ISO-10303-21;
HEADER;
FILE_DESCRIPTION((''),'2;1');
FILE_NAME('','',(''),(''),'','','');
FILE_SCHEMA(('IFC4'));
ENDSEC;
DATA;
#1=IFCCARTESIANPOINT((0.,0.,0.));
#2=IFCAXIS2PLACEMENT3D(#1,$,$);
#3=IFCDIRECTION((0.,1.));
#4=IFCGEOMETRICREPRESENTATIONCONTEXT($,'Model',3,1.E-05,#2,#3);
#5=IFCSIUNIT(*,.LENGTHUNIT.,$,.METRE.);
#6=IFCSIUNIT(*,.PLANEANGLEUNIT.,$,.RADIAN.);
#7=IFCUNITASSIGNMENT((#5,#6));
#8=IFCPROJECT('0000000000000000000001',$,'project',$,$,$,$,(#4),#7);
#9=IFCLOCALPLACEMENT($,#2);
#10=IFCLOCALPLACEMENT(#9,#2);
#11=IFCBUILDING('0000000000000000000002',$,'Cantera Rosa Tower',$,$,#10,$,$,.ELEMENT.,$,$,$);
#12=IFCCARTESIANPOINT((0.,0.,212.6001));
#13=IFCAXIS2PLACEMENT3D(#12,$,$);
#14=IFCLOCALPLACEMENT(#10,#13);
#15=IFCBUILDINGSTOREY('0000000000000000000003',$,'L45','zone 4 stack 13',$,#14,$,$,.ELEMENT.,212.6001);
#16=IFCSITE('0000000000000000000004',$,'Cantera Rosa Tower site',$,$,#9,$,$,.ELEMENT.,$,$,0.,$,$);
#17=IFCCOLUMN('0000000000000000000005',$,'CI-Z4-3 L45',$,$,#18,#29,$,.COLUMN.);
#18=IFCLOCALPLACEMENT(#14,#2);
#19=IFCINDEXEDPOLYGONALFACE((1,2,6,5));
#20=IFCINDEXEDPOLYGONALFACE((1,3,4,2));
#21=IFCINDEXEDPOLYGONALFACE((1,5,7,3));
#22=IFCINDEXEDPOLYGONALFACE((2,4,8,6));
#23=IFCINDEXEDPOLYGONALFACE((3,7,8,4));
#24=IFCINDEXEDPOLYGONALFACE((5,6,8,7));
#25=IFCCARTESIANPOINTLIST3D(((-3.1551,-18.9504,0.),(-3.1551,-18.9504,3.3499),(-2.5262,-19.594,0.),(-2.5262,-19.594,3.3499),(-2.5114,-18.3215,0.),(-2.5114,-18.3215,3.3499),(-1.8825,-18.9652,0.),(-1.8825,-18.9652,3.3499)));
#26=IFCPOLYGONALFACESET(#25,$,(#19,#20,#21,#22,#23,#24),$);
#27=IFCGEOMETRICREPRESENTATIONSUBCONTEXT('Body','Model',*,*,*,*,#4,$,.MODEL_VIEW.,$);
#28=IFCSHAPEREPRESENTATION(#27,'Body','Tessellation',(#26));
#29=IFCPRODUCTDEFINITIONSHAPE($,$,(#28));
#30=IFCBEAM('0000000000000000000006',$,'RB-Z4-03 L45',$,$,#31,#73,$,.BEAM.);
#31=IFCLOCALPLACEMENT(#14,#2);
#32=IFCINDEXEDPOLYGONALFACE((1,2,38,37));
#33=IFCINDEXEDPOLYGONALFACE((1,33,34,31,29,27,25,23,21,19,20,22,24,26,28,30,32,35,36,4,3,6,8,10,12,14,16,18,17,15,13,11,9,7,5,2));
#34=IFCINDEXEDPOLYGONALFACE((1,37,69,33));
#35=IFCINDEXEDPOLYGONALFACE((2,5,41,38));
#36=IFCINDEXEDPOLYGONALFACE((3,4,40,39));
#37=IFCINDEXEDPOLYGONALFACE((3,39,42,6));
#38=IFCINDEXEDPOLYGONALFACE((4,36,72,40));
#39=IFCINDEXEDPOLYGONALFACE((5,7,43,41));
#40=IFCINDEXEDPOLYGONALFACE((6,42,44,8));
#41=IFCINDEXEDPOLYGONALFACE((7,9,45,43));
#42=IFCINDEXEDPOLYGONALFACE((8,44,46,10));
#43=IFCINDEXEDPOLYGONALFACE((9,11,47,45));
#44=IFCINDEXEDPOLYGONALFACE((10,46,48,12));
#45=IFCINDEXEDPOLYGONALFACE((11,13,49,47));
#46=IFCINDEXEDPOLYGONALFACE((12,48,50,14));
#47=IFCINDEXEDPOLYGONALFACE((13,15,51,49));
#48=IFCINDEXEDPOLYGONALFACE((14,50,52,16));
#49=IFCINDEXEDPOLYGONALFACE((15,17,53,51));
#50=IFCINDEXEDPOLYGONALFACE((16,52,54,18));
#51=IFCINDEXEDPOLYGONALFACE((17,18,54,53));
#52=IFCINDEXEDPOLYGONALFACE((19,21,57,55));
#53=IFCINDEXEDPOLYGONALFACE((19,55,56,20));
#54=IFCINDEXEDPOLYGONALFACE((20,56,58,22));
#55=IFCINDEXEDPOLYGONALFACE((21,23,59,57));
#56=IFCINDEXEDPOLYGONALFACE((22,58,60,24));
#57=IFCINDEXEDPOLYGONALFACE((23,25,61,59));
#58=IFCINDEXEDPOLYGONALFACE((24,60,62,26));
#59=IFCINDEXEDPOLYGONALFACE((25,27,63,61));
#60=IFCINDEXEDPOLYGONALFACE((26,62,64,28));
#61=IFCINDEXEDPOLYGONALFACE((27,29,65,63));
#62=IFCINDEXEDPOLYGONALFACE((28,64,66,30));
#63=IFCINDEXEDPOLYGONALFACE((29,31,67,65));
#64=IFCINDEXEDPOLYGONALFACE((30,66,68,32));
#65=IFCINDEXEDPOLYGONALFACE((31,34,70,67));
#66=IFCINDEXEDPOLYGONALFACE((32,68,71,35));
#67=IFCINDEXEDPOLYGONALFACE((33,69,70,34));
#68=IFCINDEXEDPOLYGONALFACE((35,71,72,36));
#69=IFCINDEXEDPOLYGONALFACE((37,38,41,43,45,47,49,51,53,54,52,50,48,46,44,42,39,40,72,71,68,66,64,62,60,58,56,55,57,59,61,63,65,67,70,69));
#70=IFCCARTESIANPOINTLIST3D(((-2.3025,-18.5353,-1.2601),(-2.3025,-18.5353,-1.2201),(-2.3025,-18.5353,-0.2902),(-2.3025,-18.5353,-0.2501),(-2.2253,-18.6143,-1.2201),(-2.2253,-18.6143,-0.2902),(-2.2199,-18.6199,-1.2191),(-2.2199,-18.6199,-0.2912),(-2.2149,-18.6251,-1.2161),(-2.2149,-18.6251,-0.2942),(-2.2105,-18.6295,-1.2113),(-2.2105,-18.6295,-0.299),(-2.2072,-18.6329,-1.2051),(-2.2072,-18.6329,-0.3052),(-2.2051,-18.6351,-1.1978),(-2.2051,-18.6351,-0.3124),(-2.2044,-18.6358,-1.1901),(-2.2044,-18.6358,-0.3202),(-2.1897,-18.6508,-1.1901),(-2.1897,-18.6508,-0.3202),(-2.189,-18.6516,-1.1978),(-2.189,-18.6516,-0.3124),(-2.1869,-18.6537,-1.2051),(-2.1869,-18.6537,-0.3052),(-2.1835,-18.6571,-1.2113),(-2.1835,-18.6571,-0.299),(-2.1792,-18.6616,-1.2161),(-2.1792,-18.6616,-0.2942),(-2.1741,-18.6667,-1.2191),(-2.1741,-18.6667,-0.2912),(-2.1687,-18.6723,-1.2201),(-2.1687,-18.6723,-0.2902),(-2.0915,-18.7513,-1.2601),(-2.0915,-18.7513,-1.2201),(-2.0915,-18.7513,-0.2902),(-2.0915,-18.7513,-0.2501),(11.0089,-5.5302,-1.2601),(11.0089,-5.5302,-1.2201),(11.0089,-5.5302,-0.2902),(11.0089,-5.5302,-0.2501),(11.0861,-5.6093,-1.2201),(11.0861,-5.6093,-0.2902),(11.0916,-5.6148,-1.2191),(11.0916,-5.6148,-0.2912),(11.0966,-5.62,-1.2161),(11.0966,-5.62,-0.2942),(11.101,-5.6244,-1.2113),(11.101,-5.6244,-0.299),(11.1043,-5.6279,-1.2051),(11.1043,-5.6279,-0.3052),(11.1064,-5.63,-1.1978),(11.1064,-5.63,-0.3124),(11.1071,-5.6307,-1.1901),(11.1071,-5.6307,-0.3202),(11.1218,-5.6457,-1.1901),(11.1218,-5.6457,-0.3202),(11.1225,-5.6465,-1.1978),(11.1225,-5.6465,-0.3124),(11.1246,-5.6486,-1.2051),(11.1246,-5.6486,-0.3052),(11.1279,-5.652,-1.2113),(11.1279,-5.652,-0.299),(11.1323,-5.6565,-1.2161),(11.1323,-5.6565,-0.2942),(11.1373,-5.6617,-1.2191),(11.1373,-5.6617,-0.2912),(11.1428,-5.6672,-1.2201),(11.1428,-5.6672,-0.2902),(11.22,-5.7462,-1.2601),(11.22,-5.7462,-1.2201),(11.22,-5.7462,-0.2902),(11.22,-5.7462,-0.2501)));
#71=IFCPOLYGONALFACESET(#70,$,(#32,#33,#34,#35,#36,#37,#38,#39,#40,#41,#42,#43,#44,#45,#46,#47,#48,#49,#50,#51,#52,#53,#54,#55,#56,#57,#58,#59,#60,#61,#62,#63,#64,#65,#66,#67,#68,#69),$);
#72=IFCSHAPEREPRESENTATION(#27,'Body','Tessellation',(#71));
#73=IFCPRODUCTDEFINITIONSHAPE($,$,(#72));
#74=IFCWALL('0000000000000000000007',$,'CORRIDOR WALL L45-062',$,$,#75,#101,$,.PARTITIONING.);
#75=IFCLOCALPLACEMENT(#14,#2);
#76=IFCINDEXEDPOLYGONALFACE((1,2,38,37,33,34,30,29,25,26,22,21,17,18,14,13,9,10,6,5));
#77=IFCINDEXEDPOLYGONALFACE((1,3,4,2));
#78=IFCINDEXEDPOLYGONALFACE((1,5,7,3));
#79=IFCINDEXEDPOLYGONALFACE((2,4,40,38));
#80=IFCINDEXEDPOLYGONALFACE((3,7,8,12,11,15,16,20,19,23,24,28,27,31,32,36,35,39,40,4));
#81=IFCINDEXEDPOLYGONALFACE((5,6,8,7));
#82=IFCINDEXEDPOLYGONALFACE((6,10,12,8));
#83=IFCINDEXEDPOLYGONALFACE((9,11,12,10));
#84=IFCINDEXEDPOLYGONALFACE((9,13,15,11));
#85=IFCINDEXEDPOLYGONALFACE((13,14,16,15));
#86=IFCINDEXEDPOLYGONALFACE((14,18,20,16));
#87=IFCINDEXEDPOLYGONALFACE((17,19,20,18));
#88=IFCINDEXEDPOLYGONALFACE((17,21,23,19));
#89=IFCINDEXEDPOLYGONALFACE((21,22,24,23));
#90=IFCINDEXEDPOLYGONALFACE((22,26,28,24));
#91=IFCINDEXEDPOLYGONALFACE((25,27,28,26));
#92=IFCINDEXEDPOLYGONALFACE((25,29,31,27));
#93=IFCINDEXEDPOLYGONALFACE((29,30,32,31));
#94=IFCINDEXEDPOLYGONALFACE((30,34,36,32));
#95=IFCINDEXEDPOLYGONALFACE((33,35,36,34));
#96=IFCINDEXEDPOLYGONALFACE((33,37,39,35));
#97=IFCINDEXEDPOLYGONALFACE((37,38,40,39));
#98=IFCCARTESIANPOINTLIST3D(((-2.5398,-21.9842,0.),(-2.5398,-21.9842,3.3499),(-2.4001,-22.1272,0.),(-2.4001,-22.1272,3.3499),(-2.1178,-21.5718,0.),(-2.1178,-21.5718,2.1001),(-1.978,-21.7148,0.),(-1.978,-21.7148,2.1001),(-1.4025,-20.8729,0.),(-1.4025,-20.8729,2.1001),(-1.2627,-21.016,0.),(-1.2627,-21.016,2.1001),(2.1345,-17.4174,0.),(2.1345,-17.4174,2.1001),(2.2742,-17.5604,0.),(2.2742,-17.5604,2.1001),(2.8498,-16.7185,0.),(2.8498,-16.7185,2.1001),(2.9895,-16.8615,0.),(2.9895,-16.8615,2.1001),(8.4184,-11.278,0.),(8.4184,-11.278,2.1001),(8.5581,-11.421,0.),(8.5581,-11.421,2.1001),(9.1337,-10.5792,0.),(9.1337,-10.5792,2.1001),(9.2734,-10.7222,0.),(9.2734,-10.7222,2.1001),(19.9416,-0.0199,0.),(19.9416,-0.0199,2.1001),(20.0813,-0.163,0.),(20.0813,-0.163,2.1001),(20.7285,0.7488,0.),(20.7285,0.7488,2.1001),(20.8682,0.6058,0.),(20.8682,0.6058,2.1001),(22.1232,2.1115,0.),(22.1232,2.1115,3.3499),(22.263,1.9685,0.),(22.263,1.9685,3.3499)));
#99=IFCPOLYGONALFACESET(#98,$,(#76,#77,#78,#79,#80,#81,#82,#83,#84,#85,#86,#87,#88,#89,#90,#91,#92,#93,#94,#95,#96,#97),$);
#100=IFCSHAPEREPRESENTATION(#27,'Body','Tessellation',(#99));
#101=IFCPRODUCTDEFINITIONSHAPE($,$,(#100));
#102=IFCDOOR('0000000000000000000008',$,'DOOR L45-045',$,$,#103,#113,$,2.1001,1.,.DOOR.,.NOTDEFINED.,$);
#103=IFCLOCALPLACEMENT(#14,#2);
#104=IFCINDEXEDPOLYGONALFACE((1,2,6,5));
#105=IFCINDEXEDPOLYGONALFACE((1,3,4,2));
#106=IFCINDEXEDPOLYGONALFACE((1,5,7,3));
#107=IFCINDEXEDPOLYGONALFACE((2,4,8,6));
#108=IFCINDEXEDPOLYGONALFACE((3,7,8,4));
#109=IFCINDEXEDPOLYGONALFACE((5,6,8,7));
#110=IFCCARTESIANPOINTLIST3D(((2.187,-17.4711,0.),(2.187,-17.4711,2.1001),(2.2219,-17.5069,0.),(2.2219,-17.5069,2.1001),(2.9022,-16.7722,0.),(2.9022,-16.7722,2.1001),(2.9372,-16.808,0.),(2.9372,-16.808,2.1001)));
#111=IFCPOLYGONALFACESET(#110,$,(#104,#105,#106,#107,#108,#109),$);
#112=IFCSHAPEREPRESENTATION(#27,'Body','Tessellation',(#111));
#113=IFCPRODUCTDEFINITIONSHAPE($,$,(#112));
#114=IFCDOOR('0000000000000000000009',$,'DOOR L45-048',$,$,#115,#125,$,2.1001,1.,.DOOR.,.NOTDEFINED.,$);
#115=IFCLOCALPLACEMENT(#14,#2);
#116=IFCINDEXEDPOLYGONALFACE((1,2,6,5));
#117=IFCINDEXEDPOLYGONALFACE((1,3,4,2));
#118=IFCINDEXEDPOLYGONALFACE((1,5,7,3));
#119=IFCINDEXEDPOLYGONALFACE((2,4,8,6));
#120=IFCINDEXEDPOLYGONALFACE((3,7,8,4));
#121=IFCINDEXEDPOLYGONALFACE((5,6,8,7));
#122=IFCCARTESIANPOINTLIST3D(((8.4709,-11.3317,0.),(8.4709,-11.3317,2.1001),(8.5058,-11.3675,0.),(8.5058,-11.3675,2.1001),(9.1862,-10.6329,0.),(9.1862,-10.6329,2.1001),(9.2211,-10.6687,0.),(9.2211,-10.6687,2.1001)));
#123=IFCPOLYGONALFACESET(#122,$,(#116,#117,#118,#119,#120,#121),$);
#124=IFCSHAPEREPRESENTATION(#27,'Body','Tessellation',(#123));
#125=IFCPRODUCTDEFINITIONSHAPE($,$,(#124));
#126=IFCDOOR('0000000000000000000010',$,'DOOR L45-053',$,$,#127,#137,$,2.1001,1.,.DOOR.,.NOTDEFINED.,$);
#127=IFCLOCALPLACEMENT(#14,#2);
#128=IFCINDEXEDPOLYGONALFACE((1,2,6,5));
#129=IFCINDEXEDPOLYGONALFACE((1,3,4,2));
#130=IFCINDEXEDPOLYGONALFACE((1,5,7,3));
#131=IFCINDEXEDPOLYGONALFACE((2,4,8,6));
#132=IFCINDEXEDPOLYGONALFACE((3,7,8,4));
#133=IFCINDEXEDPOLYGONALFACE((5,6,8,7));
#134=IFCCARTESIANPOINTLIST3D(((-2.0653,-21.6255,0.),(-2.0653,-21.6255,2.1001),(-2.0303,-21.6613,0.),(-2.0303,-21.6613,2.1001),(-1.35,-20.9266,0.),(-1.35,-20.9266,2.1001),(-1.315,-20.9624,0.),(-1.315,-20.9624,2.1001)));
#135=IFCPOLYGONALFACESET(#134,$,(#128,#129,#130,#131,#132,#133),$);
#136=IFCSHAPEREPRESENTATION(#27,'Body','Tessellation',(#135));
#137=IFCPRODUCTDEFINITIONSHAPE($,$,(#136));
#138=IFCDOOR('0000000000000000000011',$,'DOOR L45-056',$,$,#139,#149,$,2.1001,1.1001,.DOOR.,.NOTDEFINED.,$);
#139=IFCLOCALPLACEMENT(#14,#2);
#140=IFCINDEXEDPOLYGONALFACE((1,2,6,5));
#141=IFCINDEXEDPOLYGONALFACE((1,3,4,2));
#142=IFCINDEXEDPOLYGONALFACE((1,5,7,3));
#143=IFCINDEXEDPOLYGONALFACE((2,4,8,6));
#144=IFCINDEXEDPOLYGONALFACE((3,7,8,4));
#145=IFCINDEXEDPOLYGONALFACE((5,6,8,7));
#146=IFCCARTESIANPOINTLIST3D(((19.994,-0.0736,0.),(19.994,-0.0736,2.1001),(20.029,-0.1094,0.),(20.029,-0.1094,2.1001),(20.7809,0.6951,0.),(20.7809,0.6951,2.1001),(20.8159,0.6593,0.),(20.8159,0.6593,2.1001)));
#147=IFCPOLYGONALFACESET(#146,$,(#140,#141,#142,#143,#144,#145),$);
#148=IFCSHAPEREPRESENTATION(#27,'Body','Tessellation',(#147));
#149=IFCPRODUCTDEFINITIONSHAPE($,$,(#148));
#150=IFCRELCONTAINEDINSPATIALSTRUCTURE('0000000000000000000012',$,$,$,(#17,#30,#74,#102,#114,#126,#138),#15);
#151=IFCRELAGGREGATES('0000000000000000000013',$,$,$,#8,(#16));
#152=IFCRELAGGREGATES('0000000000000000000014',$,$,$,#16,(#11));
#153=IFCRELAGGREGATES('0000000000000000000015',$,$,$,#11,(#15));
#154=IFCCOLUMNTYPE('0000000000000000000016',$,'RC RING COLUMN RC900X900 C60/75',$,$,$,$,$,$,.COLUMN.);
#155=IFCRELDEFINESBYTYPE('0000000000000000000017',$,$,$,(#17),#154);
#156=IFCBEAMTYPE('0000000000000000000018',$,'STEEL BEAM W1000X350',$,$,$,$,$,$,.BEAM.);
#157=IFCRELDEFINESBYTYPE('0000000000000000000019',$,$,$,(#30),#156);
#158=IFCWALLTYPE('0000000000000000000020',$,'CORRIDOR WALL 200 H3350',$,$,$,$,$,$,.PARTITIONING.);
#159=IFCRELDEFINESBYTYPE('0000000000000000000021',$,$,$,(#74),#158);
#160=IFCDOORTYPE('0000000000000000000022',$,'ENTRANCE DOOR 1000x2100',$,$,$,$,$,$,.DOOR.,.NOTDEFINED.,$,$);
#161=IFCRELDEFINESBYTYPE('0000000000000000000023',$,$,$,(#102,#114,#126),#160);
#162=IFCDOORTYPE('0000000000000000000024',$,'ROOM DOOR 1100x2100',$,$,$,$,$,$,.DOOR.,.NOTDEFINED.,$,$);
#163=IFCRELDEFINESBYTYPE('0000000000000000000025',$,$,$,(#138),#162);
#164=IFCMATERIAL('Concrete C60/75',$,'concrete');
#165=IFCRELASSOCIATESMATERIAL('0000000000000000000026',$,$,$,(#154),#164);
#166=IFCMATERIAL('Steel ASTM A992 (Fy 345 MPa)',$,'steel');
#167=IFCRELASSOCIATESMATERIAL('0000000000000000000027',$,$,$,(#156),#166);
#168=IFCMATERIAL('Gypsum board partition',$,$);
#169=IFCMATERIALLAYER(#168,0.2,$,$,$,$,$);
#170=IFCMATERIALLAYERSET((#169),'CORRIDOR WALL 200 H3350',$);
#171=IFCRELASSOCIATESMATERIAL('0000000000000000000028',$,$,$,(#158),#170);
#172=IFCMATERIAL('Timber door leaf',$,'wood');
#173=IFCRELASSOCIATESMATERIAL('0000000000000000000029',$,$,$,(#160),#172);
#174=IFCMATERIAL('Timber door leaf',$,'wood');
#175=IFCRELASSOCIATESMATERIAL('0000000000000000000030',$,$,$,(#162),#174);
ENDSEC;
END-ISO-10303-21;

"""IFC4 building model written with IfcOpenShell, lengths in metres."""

from ifc_helpers import new_model, si_unit, direction, frame, frame_2d, origin, origin_2d, place, context, subcontext, project, spatial, rectangle, i_section, extrude, material, layer, layer_set, material_profile, profile_set, type_object, element, fill, save


model = new_model("IFC4")

# Units and contexts
model_context = context("Model", 3, precision=1e-05, world=origin(), true_north=direction((0.0, 1.0)))
body_context = subcontext(model_context, "Body", "Model", "MODEL_VIEW")
ifc_project = project(units=[si_unit("LENGTHUNIT", "METRE"), si_unit("PLANEANGLEUNIT", "RADIAN")], contexts=[model_context])

# Site, building, storey
site_placement = place(None, origin())
site = spatial("IfcSite", under=ifc_project, at=site_placement, Name="Cantera Rosa Tower site", CompositionType="ELEMENT", RefElevation=0.0)
building_placement = place(site_placement, origin())
building = spatial("IfcBuilding", under=site, at=building_placement, Name="Cantera Rosa Tower", CompositionType="ELEMENT")
storey_placement = place(building_placement, frame((0.0, 0.0, 212.6001)))
storey = spatial("IfcBuildingStorey", under=building, at=storey_placement, Name="L45", Description="zone 4 stack 13", CompositionType="ELEMENT", Elevation=212.6001)

# Column
ifc_material_1 = material(Name="Concrete C60/75", Category="concrete")
ifc_material_profile_1 = material_profile(ifc_material_1, rectangle(XDim=0.8999, YDim=0.8999, at=origin_2d()), Name="RC RING COLUMN RC900X900 C60/75")
ifc_profile_set_1 = profile_set([ifc_material_profile_1], Name="Concrete C60/75")
column_type = type_object("IfcColumnType", Name="RC RING COLUMN RC900X900 C60/75", PredefinedType="COLUMN", material=ifc_profile_set_1)
column_placement = place(storey_placement, frame((-2.5188, -18.9578, 0.0), z_axis=(0.0, 0.0, 1.0), x_axis=(0.715286, 0.698832, 0.0)))
element("IfcColumn", 1, at=column_placement, inside=storey, type_object=column_type, Name="CI-Z4-3 L45", PredefinedType="COLUMN", context=body_context, shape_type="SweptSolid", body=[
    extrude(rectangle(XDim=0.8999, YDim=0.8999, at=origin_2d()), origin(), (0.0, 0.0, 1.0), 3.3499),
])

# Beam
ifc_material_2 = material(Name="Steel ASTM A992 (Fy 345 MPa)", Category="steel")
ifc_material_profile_2 = material_profile(ifc_material_2, i_section(OverallWidth=0.302, OverallDepth=1.01, WebThickness=0.021, FlangeThickness=0.04, FilletRadius=0.03, at=origin_2d()), Name="W1000X350")
ifc_profile_set_2 = profile_set([ifc_material_profile_2], Name="Steel ASTM A992 (Fy 345 MPa)")
beam_type = type_object("IfcBeamType", Name="STEEL BEAM W1000X350", PredefinedType="BEAM", material=ifc_profile_set_2)
beam_placement = place(storey_placement, frame((-2.197, -18.6433, -0.7551), z_axis=(0.715291, 0.698827, 0.0), x_axis=(-0.698827, 0.715291, 0.0)))
element("IfcBeam", 2, at=beam_placement, inside=storey, type_object=beam_type, Name="RB-Z4-03 L45", PredefinedType="BEAM", context=body_context, shape_type="SweptSolid", body=[
    extrude(i_section(OverallWidth=0.302, OverallDepth=1.01, WebThickness=0.021, FlangeThickness=0.04, FilletRadius=0.03, at=origin_2d()), origin(), (0.0, 0.0, 1.0), 18.6099),
])

# Wall, openings, doors
ifc_material_3 = material(Name="Gypsum board partition")
ifc_layer_1 = layer(ifc_material_3, 0.2)
ifc_layer_set_1 = layer_set([ifc_layer_1], Name="CORRIDOR WALL 200 H3350")
wall_type_1 = type_object("IfcWallType", Name="CORRIDOR WALL 200 H3350", PredefinedType="PARTITIONING", material=ifc_layer_set_1)
wall_1_placement = place(storey_placement, frame((-2.47, -22.0557, 0.0), z_axis=(0.0, 0.0, 1.0), x_axis=(0.715287, 0.698831, 0.0)))
wall_1 = element("IfcWall", 3, at=wall_1_placement, inside=storey, type_object=wall_type_1, Name="CORRIDOR WALL L45-062", PredefinedType="PARTITIONING", context=body_context, shape_type="SweptSolid", body=[
    extrude(rectangle(XDim=34.48, YDim=0.2, at=frame_2d((17.24, 0.0))), origin(), (0.0, 0.0, 1.0), 3.3499),
])
opening_1_placement = place(wall_1_placement, frame((6.5349, 0.0, 0.0)))
opening_1 = element("IfcOpeningElement", 4, at=opening_1_placement, cuts=wall_1, PredefinedType="OPENING", context=body_context, shape_type="SweptSolid", body=[
    extrude(rectangle(XDim=1.0, YDim=2.1001, at=frame_2d((0.5, 1.05))), frame((0.0, 0.1099, 0.0), z_axis=(0.0, -1.0, 0.0), x_axis=(1.0, 0.0, 0.0)), (0.0, 0.0, 1.0), 0.22),
])
opening_2_placement = place(wall_1_placement, frame((15.3201, 0.0, 0.0)))
opening_2 = element("IfcOpeningElement", 5, at=opening_2_placement, cuts=wall_1, PredefinedType="OPENING", context=body_context, shape_type="SweptSolid", body=[
    extrude(rectangle(XDim=1.0, YDim=2.1001, at=frame_2d((0.5, 1.05))), frame((0.0, 0.1099, 0.0), z_axis=(0.0, -1.0, 0.0), x_axis=(1.0, 0.0, 0.0)), (0.0, 0.0, 1.0), 0.22),
])
opening_3_placement = place(wall_1_placement, frame((0.5901, 0.0, 0.0)))
opening_3 = element("IfcOpeningElement", 6, at=opening_3_placement, cuts=wall_1, PredefinedType="OPENING", context=body_context, shape_type="SweptSolid", body=[
    extrude(rectangle(XDim=1.0, YDim=2.1001, at=frame_2d((0.5, 1.05))), frame((0.0, 0.1099, 0.0), z_axis=(0.0, -1.0, 0.0), x_axis=(1.0, 0.0, 0.0)), (0.0, 0.0, 1.0), 0.22),
])
opening_4_placement = place(wall_1_placement, frame((31.4299, 0.0, 0.0)))
opening_4 = element("IfcOpeningElement", 7, at=opening_4_placement, cuts=wall_1, PredefinedType="OPENING", context=body_context, shape_type="SweptSolid", body=[
    extrude(rectangle(XDim=1.1001, YDim=2.1001, at=frame_2d((0.55, 1.05))), frame((0.0, 0.1099, 0.0), z_axis=(0.0, -1.0, 0.0), x_axis=(1.0, 0.0, 0.0)), (0.0, 0.0, 1.0), 0.22),
])
ifc_material_4 = material(Name="Timber door leaf", Category="wood")
door_type_1 = type_object("IfcDoorType", Name="ENTRANCE DOOR 1000x2100", OperationType="NOTDEFINED", PredefinedType="DOOR", material=ifc_material_4)
door_1_placement = place(opening_1_placement, origin())
door_1 = element("IfcDoor", 8, at=door_1_placement, inside=storey, type_object=door_type_1, Name="DOOR L45-045", OperationType="NOTDEFINED", OverallHeight=2.1001, OverallWidth=1.0, PredefinedType="DOOR", context=body_context, shape_type="SweptSolid", body=[
    extrude(rectangle(XDim=1.0, YDim=2.1001, at=frame_2d((0.5, 1.05))), frame((0.0, 0.0249, 0.0), z_axis=(0.0, -1.0, 0.0), x_axis=(1.0, 0.0, 0.0)), (0.0, 0.0, 1.0), 0.05),
])
fill(opening_1, door_1)
door_2_placement = place(opening_2_placement, origin())
door_2 = element("IfcDoor", 9, at=door_2_placement, inside=storey, type_object=door_type_1, Name="DOOR L45-048", OperationType="NOTDEFINED", OverallHeight=2.1001, OverallWidth=1.0, PredefinedType="DOOR", context=body_context, shape_type="SweptSolid", body=[
    extrude(rectangle(XDim=1.0, YDim=2.1001, at=frame_2d((0.5, 1.05))), frame((0.0, 0.0249, 0.0), z_axis=(0.0, -1.0, 0.0), x_axis=(1.0, 0.0, 0.0)), (0.0, 0.0, 1.0), 0.05),
])
fill(opening_2, door_2)
door_3_placement = place(opening_3_placement, origin())
door_3 = element("IfcDoor", 10, at=door_3_placement, inside=storey, type_object=door_type_1, Name="DOOR L45-053", OperationType="NOTDEFINED", OverallHeight=2.1001, OverallWidth=1.0, PredefinedType="DOOR", context=body_context, shape_type="SweptSolid", body=[
    extrude(rectangle(XDim=1.0, YDim=2.1001, at=frame_2d((0.5, 1.05))), frame((0.0, 0.0249, 0.0), z_axis=(0.0, -1.0, 0.0), x_axis=(1.0, 0.0, 0.0)), (0.0, 0.0, 1.0), 0.05),
])
fill(opening_3, door_3)
ifc_material_5 = material(Name="Timber door leaf", Category="wood")
door_type_2 = type_object("IfcDoorType", Name="ROOM DOOR 1100x2100", OperationType="NOTDEFINED", PredefinedType="DOOR", material=ifc_material_5)
door_4_placement = place(opening_4_placement, origin())
door_4 = element("IfcDoor", 11, at=door_4_placement, inside=storey, type_object=door_type_2, Name="DOOR L45-056", OperationType="NOTDEFINED", OverallHeight=2.1001, OverallWidth=1.1001, PredefinedType="DOOR", context=body_context, shape_type="SweptSolid", body=[
    extrude(rectangle(XDim=1.1001, YDim=2.1001, at=frame_2d((0.55, 1.05))), frame((0.0, 0.0249, 0.0), z_axis=(0.0, -1.0, 0.0), x_axis=(1.0, 0.0, 0.0)), (0.0, 0.0, 1.0), 0.05),
])
fill(opening_4, door_4)

save(model, "model.ifc")
